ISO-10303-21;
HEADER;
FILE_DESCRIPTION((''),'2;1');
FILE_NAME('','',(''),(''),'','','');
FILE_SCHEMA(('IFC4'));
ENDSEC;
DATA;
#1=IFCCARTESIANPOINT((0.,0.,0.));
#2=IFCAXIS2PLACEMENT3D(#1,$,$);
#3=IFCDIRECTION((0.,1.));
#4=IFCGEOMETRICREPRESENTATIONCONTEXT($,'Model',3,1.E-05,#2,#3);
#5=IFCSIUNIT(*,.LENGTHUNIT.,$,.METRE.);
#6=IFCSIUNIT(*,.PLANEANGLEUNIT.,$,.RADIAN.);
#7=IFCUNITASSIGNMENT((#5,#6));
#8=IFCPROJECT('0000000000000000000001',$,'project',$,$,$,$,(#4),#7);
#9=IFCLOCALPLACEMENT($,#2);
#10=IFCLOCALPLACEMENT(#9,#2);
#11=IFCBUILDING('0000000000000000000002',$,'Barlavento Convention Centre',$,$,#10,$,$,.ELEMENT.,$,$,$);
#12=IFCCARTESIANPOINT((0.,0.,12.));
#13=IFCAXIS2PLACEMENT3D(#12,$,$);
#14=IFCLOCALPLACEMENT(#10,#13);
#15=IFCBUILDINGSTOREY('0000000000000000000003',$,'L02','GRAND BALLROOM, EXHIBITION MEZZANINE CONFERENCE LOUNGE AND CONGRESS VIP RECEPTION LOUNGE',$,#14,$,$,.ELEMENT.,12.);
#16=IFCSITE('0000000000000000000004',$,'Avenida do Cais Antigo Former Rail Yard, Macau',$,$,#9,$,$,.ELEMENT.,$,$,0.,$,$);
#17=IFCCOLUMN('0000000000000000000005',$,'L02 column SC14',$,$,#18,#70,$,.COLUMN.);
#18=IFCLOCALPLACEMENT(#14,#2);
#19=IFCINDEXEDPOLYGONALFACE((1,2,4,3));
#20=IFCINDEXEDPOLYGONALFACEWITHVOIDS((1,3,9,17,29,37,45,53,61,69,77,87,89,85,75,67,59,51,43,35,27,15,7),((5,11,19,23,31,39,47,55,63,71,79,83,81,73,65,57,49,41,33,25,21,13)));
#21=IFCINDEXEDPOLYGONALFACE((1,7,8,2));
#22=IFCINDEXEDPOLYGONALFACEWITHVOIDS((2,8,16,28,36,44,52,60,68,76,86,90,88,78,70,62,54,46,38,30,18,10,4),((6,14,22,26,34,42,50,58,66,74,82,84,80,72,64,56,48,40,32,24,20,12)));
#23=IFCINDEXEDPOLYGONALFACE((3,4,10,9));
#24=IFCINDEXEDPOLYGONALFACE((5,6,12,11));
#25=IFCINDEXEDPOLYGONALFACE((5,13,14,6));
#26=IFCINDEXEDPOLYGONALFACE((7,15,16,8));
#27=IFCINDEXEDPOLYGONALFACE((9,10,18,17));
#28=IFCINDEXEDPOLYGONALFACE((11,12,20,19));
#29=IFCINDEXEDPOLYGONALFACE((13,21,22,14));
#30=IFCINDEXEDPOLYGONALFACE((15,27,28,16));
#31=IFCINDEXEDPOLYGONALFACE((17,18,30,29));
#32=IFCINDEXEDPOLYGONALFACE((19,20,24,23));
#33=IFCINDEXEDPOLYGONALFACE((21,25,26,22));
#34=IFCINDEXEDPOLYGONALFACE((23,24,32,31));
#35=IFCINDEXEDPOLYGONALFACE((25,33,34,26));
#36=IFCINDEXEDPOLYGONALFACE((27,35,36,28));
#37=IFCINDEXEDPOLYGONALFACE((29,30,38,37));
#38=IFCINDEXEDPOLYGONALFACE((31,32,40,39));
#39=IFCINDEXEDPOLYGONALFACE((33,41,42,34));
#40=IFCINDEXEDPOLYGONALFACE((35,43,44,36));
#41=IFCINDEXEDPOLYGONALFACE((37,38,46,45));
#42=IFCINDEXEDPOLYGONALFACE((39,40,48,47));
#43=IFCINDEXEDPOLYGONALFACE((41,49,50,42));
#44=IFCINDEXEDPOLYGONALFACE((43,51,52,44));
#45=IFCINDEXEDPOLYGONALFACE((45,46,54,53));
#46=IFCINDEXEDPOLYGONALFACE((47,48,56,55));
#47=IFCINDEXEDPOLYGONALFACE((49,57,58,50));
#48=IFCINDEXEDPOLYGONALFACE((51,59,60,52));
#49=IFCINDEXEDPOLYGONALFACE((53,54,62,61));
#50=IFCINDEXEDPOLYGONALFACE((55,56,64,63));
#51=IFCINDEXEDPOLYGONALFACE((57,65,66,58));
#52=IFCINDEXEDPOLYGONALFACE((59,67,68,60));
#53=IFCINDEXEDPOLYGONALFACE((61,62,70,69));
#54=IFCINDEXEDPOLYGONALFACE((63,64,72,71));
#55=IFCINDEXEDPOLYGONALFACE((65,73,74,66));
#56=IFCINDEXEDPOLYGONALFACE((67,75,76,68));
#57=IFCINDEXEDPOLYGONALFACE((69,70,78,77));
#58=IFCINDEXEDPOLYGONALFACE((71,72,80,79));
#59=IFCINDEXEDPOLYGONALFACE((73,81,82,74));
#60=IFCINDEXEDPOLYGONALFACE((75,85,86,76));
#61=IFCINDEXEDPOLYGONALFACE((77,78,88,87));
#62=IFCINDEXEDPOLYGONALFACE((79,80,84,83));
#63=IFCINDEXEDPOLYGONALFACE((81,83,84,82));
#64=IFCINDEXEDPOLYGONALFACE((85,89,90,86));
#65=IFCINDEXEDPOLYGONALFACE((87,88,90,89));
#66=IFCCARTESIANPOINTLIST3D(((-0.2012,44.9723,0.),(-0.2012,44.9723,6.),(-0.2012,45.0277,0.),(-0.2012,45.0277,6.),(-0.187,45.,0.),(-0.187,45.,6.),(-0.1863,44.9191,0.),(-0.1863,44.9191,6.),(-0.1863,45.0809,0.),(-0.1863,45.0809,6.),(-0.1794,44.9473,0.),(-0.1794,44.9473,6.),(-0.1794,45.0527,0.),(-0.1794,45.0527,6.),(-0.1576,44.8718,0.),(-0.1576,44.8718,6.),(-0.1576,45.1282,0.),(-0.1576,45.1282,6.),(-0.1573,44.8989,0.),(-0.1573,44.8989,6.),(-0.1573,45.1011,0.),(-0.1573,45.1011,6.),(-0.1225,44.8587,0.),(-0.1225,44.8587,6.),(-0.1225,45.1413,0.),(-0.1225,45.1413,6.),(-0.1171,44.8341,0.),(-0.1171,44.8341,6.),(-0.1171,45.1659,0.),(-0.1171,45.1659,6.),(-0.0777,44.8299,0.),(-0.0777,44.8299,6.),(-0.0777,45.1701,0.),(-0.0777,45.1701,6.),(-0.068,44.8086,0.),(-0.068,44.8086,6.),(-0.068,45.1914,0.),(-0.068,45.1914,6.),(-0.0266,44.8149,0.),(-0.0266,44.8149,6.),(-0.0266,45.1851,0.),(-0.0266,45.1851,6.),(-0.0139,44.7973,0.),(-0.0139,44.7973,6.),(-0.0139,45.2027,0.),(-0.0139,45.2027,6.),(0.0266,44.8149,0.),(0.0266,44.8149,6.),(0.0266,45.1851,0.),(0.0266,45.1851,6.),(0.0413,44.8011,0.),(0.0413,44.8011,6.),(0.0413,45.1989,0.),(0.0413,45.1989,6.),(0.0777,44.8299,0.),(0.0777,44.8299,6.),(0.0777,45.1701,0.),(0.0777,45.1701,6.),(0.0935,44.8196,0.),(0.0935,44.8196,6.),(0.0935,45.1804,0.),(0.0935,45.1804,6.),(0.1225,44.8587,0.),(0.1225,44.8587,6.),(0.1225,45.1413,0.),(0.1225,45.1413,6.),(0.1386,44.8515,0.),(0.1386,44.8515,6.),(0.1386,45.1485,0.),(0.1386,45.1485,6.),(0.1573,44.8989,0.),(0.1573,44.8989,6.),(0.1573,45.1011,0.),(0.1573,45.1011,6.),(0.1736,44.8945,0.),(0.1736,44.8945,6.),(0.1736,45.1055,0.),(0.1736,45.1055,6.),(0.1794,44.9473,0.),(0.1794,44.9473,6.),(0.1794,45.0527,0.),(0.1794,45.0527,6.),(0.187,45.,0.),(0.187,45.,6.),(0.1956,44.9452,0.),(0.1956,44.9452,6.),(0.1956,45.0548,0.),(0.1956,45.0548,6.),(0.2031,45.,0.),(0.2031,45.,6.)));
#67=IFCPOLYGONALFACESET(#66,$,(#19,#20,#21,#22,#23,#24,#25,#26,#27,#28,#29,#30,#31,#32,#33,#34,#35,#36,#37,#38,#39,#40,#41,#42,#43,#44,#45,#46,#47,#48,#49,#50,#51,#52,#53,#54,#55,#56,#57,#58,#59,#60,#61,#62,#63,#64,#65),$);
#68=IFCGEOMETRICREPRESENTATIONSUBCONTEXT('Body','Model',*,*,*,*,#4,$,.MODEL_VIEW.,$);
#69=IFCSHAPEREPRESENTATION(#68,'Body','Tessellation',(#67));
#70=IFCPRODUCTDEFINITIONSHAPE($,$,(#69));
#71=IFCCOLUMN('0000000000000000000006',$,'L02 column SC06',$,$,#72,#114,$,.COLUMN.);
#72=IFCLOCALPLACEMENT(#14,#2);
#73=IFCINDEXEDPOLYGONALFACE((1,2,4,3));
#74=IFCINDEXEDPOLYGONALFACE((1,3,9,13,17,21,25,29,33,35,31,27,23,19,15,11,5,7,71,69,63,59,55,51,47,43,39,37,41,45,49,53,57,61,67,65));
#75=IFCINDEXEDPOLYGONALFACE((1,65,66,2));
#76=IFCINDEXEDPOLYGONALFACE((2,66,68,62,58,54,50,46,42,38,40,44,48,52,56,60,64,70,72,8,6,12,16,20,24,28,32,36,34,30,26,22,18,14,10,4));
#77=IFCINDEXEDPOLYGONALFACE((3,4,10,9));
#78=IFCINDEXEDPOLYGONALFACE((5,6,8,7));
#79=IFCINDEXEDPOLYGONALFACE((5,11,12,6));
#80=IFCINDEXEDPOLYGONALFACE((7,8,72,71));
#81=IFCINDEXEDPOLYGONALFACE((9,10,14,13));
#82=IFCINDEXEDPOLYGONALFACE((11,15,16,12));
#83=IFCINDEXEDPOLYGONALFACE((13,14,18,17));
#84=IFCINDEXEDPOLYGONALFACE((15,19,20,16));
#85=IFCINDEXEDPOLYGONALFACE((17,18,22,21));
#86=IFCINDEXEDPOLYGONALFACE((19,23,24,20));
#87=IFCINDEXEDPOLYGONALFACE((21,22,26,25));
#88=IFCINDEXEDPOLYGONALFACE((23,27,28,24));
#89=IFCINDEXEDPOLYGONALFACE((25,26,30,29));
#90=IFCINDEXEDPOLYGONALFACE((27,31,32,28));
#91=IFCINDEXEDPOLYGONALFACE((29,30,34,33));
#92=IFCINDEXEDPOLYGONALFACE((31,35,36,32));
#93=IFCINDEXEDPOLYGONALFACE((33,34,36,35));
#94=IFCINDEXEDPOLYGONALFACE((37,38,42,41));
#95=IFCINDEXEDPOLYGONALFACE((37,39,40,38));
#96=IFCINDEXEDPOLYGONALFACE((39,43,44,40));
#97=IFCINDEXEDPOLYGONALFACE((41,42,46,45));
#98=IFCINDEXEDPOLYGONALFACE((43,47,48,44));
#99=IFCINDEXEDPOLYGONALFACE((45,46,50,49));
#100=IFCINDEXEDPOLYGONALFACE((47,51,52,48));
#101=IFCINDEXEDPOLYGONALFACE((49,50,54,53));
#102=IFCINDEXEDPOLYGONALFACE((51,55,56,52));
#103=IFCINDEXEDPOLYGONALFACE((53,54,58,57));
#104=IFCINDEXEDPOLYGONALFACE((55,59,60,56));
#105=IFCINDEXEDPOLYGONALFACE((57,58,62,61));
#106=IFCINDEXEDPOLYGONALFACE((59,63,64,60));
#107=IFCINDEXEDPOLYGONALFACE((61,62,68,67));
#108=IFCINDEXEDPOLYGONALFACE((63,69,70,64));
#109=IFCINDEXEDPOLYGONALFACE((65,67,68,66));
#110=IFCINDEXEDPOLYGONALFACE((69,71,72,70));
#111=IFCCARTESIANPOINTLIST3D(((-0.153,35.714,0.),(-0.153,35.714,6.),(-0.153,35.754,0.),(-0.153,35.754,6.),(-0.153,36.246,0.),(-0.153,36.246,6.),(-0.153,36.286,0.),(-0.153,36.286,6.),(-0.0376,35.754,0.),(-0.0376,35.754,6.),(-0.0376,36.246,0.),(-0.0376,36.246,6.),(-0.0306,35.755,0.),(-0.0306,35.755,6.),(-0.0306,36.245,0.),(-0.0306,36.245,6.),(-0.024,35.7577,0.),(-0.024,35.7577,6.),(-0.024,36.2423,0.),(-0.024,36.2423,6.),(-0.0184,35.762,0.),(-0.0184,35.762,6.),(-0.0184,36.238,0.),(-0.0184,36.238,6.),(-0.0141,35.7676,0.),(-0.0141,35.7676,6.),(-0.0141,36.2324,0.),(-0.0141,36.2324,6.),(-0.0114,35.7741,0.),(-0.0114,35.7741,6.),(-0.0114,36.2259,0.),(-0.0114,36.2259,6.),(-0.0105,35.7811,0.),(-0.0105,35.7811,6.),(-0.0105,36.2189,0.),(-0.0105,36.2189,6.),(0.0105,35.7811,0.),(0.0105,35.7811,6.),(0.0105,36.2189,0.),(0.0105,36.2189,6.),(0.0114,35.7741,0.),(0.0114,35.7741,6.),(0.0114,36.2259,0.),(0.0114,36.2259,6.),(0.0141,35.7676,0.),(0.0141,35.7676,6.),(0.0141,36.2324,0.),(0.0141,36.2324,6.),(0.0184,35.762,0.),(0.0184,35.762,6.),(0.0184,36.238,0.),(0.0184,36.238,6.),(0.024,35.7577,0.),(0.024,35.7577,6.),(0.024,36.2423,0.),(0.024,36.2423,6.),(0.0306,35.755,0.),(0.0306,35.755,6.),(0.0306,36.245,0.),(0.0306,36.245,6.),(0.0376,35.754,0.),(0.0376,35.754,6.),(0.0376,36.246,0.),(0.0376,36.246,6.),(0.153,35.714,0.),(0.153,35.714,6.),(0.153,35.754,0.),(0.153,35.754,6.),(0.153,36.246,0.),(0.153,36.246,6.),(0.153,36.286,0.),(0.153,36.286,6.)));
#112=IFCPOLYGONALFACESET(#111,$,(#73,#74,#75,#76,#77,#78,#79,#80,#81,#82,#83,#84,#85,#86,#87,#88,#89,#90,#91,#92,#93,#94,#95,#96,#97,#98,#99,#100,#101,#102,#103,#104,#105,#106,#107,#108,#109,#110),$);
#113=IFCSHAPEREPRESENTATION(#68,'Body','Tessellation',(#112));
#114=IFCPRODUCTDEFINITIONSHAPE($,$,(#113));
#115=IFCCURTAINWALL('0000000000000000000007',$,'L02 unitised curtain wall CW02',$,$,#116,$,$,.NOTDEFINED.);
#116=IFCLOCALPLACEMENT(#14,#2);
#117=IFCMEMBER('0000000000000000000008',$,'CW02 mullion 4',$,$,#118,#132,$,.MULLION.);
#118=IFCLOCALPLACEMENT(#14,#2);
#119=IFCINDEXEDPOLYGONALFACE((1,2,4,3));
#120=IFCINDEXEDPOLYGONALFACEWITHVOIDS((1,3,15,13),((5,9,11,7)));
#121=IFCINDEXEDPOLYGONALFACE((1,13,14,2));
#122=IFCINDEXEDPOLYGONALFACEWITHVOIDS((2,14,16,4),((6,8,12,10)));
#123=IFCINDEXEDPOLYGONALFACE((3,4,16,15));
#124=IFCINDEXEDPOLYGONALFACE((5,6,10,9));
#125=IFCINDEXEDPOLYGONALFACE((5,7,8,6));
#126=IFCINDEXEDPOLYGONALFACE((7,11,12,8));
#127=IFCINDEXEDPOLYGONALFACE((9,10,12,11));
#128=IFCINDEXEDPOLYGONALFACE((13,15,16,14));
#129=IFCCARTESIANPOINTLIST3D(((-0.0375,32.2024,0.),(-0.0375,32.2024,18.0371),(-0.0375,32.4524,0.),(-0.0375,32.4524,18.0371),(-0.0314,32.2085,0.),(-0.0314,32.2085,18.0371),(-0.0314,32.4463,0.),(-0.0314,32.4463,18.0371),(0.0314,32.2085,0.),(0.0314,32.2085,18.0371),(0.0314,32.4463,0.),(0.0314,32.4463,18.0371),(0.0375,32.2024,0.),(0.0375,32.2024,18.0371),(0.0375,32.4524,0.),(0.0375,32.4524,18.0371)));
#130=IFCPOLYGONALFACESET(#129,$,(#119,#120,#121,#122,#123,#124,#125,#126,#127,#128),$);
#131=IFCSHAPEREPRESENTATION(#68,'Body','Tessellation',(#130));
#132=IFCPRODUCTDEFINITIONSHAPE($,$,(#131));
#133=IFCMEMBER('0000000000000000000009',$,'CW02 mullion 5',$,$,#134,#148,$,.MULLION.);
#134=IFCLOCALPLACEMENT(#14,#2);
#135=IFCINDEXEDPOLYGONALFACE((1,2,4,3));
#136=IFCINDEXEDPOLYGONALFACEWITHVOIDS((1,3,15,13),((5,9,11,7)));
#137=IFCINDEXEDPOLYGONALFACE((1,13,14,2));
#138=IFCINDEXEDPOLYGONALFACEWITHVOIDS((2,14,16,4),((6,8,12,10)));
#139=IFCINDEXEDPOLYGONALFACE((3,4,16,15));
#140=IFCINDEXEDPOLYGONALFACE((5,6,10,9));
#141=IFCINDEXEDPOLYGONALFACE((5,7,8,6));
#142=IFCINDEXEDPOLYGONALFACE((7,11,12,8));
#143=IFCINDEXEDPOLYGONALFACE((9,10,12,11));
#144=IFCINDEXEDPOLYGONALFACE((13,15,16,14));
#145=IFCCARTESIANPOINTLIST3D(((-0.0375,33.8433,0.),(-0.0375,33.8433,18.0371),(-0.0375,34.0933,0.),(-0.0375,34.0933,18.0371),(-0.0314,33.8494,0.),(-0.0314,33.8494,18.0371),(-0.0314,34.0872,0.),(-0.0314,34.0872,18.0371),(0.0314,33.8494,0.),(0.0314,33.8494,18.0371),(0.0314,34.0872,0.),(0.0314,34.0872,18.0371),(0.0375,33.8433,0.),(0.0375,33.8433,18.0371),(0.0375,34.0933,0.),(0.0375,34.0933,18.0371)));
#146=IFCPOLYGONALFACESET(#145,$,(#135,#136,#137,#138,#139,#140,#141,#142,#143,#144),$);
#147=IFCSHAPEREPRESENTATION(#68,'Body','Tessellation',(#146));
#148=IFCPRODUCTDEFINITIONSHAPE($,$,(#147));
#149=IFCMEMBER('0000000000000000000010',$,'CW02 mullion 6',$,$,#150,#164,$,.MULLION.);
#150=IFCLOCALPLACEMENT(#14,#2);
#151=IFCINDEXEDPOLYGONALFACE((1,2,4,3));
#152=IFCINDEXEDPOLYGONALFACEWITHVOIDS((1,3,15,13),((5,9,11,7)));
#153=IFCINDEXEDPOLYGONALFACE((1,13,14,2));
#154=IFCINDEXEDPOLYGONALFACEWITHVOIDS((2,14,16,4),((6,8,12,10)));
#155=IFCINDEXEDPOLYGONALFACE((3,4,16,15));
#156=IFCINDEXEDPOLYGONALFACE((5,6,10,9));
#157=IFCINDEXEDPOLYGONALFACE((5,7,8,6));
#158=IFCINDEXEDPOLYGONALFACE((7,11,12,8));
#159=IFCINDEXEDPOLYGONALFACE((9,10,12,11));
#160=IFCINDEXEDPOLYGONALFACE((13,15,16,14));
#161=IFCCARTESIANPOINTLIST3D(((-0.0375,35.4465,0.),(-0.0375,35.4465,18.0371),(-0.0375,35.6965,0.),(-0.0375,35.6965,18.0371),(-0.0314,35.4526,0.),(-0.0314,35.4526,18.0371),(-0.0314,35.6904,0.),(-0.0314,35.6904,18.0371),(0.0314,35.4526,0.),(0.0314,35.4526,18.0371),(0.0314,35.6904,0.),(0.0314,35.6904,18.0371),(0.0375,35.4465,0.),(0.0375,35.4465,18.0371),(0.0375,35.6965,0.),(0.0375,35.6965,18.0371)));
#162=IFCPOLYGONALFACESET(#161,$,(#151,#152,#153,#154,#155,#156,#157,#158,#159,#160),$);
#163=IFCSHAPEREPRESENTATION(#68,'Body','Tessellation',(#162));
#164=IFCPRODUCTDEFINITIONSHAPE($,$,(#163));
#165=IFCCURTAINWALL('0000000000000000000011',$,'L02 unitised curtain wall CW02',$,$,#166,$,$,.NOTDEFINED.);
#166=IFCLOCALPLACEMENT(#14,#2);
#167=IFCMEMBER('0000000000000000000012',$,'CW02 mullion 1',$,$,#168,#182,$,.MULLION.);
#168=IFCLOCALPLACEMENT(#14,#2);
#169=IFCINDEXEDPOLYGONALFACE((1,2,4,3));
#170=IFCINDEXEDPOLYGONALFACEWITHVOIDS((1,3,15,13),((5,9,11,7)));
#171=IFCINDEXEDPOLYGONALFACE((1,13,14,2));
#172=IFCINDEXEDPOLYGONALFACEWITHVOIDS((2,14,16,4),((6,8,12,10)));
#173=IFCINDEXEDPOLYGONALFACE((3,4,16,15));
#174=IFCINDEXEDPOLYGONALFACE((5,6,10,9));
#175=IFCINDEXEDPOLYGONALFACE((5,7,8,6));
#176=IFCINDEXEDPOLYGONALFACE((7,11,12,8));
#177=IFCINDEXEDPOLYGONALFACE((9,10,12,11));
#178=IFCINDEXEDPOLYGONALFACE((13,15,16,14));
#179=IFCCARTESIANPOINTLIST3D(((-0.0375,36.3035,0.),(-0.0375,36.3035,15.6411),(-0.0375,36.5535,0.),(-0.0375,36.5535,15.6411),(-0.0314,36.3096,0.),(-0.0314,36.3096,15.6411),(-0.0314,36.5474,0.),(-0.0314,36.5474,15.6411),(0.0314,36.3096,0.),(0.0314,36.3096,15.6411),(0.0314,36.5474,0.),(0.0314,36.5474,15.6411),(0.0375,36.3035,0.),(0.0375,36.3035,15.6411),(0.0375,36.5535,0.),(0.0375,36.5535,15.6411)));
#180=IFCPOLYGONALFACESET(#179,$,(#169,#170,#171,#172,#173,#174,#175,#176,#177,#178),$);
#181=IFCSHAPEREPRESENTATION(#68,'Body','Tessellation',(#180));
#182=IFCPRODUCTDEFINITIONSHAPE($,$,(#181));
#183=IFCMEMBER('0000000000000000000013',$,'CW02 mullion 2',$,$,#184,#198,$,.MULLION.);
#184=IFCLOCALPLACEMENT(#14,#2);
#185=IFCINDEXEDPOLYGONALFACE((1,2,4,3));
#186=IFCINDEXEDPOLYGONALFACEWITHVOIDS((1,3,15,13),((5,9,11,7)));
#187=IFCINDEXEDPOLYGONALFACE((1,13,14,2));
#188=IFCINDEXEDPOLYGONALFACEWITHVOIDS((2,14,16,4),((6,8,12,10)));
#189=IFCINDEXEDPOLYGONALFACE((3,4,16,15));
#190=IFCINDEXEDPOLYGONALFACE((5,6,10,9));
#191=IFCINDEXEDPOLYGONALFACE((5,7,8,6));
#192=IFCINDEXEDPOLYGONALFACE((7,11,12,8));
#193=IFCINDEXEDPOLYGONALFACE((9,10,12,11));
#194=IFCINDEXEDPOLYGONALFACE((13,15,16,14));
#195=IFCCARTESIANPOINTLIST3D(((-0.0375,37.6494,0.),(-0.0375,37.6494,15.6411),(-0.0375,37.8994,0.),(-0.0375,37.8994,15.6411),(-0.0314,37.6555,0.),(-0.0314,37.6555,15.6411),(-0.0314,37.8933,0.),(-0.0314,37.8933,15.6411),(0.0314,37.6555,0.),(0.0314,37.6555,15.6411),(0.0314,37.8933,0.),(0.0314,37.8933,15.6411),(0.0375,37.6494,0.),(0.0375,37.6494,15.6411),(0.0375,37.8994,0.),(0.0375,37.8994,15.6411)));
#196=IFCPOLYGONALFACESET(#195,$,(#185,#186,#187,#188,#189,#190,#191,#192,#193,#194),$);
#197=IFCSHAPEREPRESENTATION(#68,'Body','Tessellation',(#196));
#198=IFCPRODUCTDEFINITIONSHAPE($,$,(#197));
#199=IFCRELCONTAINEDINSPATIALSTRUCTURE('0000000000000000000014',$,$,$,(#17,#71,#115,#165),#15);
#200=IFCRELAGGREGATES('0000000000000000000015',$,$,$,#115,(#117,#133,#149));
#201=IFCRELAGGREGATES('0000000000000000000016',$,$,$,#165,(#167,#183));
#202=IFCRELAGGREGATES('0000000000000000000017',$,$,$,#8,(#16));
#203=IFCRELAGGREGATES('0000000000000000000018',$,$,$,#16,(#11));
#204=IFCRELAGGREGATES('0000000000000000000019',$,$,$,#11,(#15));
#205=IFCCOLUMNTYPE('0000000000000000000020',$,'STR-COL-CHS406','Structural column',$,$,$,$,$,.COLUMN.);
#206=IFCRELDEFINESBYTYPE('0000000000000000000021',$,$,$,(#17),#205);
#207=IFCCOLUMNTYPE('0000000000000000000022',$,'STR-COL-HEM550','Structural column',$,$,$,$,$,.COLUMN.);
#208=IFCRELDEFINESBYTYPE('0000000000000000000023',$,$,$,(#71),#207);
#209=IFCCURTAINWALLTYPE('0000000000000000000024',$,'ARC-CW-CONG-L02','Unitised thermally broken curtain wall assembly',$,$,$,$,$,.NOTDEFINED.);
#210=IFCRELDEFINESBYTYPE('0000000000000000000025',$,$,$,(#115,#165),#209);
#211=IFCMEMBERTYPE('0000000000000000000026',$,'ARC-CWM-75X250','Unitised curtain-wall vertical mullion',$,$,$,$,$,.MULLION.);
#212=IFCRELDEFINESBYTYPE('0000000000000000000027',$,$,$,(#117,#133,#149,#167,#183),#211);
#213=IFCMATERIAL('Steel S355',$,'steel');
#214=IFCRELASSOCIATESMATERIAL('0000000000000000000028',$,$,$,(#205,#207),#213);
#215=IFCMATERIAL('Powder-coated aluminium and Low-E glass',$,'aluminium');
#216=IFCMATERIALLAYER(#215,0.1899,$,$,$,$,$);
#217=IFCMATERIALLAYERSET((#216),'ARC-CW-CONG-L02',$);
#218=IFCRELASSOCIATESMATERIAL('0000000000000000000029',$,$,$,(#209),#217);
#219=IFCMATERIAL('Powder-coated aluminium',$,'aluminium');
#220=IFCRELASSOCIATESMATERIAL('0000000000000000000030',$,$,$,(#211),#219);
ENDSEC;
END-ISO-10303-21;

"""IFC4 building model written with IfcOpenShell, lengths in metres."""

from ifc_helpers import new_model, si_unit, direction, frame, origin, origin_2d, place, context, subcontext, project, spatial, hollow_rectangle, hollow_circle, i_section, extrude, material, layer, layer_set, material_profile, profile_set, type_object, element, aggregate, save


model = new_model("IFC4")

# Units and contexts
model_context = context("Model", 3, precision=1e-05, world=origin(), true_north=direction((0.0, 1.0)))
body_context = subcontext(model_context, "Body", "Model", "MODEL_VIEW")
ifc_project = project(units=[si_unit("LENGTHUNIT", "METRE"), si_unit("PLANEANGLEUNIT", "RADIAN")], contexts=[model_context])

# Site, building, storey
site_placement = place(None, origin())
site = spatial("IfcSite", under=ifc_project, at=site_placement, Name="Avenida do Cais Antigo Former Rail Yard, Macau", CompositionType="ELEMENT", RefElevation=0.0)
building_placement = place(site_placement, origin())
building = spatial("IfcBuilding", under=site, at=building_placement, Name="Barlavento Convention Centre", CompositionType="ELEMENT")
storey_placement = place(building_placement, frame((0.0, 0.0, 12.0)))
storey = spatial("IfcBuildingStorey", under=building, at=storey_placement, Name="L02", Description="GRAND BALLROOM, EXHIBITION MEZZANINE CONFERENCE LOUNGE AND CONGRESS VIP RECEPTION LOUNGE", CompositionType="ELEMENT", Elevation=12.0)

# Columns
ifc_material_1 = material(Name="Steel S355", Category="steel")
ifc_material_profile_1 = material_profile(ifc_material_1, hollow_circle(Radius=0.2031, WallThickness=0.0161, at=origin_2d()), Name="CHS 406.4x16.0")
ifc_profile_set_1 = profile_set([ifc_material_profile_1], Name="Steel S355")
column_type_1 = type_object("IfcColumnType", Name="STR-COL-CHS406", Description="Structural column", PredefinedType="COLUMN", material=ifc_profile_set_1)
column_1_placement = place(storey_placement, frame((0.0, 45.0, 0.0), z_axis=(0.0, 0.0, 1.0), x_axis=(1.0, 0.0, 0.0)))
element("IfcColumn", 1, at=column_1_placement, inside=storey, type_object=column_type_1, Name="L02 column SC14", PredefinedType="COLUMN", context=body_context, shape_type="SweptSolid", body=[
    extrude(hollow_circle(Radius=0.2031, WallThickness=0.0161, at=origin_2d()), origin(), (0.0, 0.0, 1.0), 6.0),
])
ifc_material_profile_2 = material_profile(ifc_material_1, i_section(OverallWidth=0.3059, OverallDepth=0.572, WebThickness=0.021, FlangeThickness=0.04, FilletRadius=0.0271, at=origin_2d()), Name="HEM 550")
ifc_profile_set_2 = profile_set([ifc_material_profile_2], Name="Steel S355")
column_type_2 = type_object("IfcColumnType", Name="STR-COL-HEM550", Description="Structural column", PredefinedType="COLUMN", material=ifc_profile_set_2)
column_2_placement = place(storey_placement, frame((0.0, 36.0, 0.0), z_axis=(0.0, 0.0, 1.0), x_axis=(1.0, 0.0, 0.0)))
element("IfcColumn", 2, at=column_2_placement, inside=storey, type_object=column_type_2, Name="L02 column SC06", PredefinedType="COLUMN", context=body_context, shape_type="SweptSolid", body=[
    extrude(i_section(OverallWidth=0.3059, OverallDepth=0.572, WebThickness=0.021, FlangeThickness=0.04, FilletRadius=0.0271, at=origin_2d()), origin(), (0.0, 0.0, 1.0), 6.0),
])

# Curtain walls, members
ifc_material_2 = material(Name="Powder-coated aluminium and Low-E glass", Category="aluminium")
ifc_layer = layer(ifc_material_2, 0.1899)
ifc_layer_set = layer_set([ifc_layer], Name="ARC-CW-CONG-L02")
curtain_wall_type = type_object("IfcCurtainWallType", Name="ARC-CW-CONG-L02", Description="Unitised thermally broken curtain wall assembly", PredefinedType="NOTDEFINED", material=ifc_layer_set)
curtain_wall_1_placement = place(storey_placement, origin())
curtain_wall_1 = element("IfcCurtainWall", 3, at=curtain_wall_1_placement, inside=storey, type_object=curtain_wall_type, Name="L02 unitised curtain wall CW02", PredefinedType="NOTDEFINED")
ifc_material_3 = material(Name="Powder-coated aluminium", Category="aluminium")
ifc_material_profile_3 = material_profile(ifc_material_3, hollow_rectangle(XDim=0.075, YDim=0.25, WallThickness=0.0061, at=origin_2d()), Name="AL-MULL 75x250x6")
ifc_profile_set_3 = profile_set([ifc_material_profile_3], Name="Powder-coated aluminium")
member_type_1 = type_object("IfcMemberType", Name="ARC-CWM-75X250", Description="Unitised curtain-wall vertical mullion", PredefinedType="MULLION", material=ifc_profile_set_3)
member_1_placement = place(storey_placement, frame((0.0, 32.3274, 0.0), z_axis=(0.0, 0.0, 1.0), x_axis=(-1.0, 0.0, 0.0)))
member_1 = element("IfcMember", 4, at=member_1_placement, type_object=member_type_1, Name="CW02 mullion 4", PredefinedType="MULLION", context=body_context, shape_type="SweptSolid", body=[
    extrude(hollow_rectangle(XDim=0.075, YDim=0.25, WallThickness=0.0061, at=origin_2d()), origin(), (0.0, 0.0, 1.0), 18.0371),
])
member_2_placement = place(storey_placement, frame((0.0, 33.9683, 0.0), z_axis=(0.0, 0.0, 1.0), x_axis=(-1.0, 0.0, 0.0)))
member_2 = element("IfcMember", 5, at=member_2_placement, type_object=member_type_1, Name="CW02 mullion 5", PredefinedType="MULLION", context=body_context, shape_type="SweptSolid", body=[
    extrude(hollow_rectangle(XDim=0.075, YDim=0.25, WallThickness=0.0061, at=origin_2d()), origin(), (0.0, 0.0, 1.0), 18.0371),
])
member_3_placement = place(storey_placement, frame((0.0, 35.5715, 0.0), z_axis=(0.0, 0.0, 1.0), x_axis=(-1.0, 0.0, 0.0)))
member_3 = element("IfcMember", 6, at=member_3_placement, type_object=member_type_1, Name="CW02 mullion 6", PredefinedType="MULLION", context=body_context, shape_type="SweptSolid", body=[
    extrude(hollow_rectangle(XDim=0.075, YDim=0.25, WallThickness=0.0061, at=origin_2d()), origin(), (0.0, 0.0, 1.0), 18.0371),
])
curtain_wall_2_placement = place(storey_placement, origin())
curtain_wall_2 = element("IfcCurtainWall", 7, at=curtain_wall_2_placement, inside=storey, type_object=curtain_wall_type, Name="L02 unitised curtain wall CW02", PredefinedType="NOTDEFINED")
member_4_placement = place(storey_placement, frame((0.0, 36.4285, 0.0), z_axis=(0.0, 0.0, 1.0), x_axis=(-1.0, 0.0, 0.0)))
member_4 = element("IfcMember", 8, at=member_4_placement, type_object=member_type_1, Name="CW02 mullion 1", PredefinedType="MULLION", context=body_context, shape_type="SweptSolid", body=[
    extrude(hollow_rectangle(XDim=0.075, YDim=0.25, WallThickness=0.0061, at=origin_2d()), origin(), (0.0, 0.0, 1.0), 15.6411),
])
member_5_placement = place(storey_placement, frame((0.0, 37.7744, 0.0), z_axis=(0.0, 0.0, 1.0), x_axis=(-1.0, 0.0, 0.0)))
member_5 = element("IfcMember", 9, at=member_5_placement, type_object=member_type_1, Name="CW02 mullion 2", PredefinedType="MULLION", context=body_context, shape_type="SweptSolid", body=[
    extrude(hollow_rectangle(XDim=0.075, YDim=0.25, WallThickness=0.0061, at=origin_2d()), origin(), (0.0, 0.0, 1.0), 15.6411),
])

aggregate(curtain_wall_1, [member_1, member_2, member_3])
aggregate(curtain_wall_2, [member_4, member_5])

save(model, "model.ifc")
